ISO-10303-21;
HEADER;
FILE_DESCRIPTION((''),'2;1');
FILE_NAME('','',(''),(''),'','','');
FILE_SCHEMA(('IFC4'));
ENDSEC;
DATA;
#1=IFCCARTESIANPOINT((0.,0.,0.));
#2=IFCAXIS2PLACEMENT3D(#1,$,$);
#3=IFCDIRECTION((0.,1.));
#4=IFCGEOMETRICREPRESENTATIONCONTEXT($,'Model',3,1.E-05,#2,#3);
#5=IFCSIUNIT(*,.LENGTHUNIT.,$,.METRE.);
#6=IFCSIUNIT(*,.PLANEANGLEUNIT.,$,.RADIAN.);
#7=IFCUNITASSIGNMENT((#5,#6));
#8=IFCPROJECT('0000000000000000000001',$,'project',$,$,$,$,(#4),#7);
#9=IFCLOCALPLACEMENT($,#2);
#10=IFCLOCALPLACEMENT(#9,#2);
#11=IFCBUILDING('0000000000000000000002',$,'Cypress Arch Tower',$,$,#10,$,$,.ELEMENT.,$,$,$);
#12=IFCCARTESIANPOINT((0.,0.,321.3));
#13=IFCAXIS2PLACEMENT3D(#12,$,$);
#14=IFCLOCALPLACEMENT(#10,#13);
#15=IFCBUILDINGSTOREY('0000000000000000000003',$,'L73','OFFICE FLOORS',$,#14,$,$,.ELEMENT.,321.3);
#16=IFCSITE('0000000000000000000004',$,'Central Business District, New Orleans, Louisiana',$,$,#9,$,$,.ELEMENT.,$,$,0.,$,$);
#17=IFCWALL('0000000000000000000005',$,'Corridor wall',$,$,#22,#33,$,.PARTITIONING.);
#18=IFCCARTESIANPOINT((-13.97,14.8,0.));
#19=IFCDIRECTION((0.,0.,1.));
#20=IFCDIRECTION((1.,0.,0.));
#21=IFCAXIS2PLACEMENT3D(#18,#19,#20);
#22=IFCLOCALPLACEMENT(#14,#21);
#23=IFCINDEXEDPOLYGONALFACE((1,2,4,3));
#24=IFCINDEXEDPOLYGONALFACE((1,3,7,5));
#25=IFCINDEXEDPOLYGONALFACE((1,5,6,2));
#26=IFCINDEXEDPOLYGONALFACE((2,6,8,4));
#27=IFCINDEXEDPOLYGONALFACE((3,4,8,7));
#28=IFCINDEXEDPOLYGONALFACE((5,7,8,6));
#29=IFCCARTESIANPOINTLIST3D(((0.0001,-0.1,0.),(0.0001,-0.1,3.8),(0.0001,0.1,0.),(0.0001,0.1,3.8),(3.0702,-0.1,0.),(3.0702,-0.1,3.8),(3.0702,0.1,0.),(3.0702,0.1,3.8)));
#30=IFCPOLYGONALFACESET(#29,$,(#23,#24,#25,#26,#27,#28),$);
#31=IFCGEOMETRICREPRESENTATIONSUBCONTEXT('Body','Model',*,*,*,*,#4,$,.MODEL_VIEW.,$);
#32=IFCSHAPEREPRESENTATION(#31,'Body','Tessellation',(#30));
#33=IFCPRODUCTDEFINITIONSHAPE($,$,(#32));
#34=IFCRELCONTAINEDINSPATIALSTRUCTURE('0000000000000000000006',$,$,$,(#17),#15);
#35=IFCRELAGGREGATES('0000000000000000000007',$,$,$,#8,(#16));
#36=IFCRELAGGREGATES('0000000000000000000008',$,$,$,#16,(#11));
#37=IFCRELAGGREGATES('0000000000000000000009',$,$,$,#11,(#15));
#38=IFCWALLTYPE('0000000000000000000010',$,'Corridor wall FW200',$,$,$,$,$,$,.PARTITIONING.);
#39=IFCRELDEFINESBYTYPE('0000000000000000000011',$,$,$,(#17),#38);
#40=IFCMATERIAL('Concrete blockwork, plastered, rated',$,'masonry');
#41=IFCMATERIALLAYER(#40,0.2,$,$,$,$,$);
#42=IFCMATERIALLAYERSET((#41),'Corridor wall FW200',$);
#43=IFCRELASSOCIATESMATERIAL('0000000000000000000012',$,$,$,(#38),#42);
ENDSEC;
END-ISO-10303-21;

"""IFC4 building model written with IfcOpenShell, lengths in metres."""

from ifc_helpers import new_model, si_unit, direction, frame, frame_2d, origin, place, context, subcontext, project, spatial, rectangle, extrude, material, layer, layer_set, type_object, element, save


model = new_model("IFC4")

# Units and contexts
model_context = context("Model", 3, precision=1e-05, world=origin(), true_north=direction((0.0, 1.0)))
body_context = subcontext(model_context, "Body", "Model", "MODEL_VIEW")
ifc_project = project(units=[si_unit("LENGTHUNIT", "METRE"), si_unit("PLANEANGLEUNIT", "RADIAN")], contexts=[model_context])

# Site, building, storey
site_placement = place(None, origin())
site = spatial("IfcSite", under=ifc_project, at=site_placement, Name="Central Business District, New Orleans, Louisiana", CompositionType="ELEMENT", RefElevation=0.0)
building_placement = place(site_placement, origin())
building = spatial("IfcBuilding", under=site, at=building_placement, Name="Cypress Arch Tower", CompositionType="ELEMENT")
storey_placement = place(building_placement, frame((0.0, 0.0, 321.3)))
storey = spatial("IfcBuildingStorey", under=building, at=storey_placement, Name="L73", Description="OFFICE FLOORS", CompositionType="ELEMENT", Elevation=321.3)

# Wall
ifc_material_1 = material(Name="Concrete blockwork, plastered, rated", Category="masonry")
ifc_layer_1 = layer(ifc_material_1, 0.2)
ifc_layer_set_1 = layer_set([ifc_layer_1], Name="Corridor wall FW200")
wall_type_1 = type_object("IfcWallType", Name="Corridor wall FW200", PredefinedType="PARTITIONING", material=ifc_layer_set_1)
wall_1_placement = place(storey_placement, frame((-13.97, 14.8, 0.0), z_axis=(0.0, 0.0, 1.0), x_axis=(1.0, 0.0, 0.0)))
element("IfcWall", 1, at=wall_1_placement, inside=storey, type_object=wall_type_1, Name="Corridor wall", PredefinedType="PARTITIONING", context=body_context, shape_type="SweptSolid", body=[
    extrude(rectangle(XDim=3.0701, YDim=0.2, at=frame_2d((1.5352, 0.0))), origin(), (0.0, 0.0, 1.0), 3.8),
])

save(model, "model.ifc")
